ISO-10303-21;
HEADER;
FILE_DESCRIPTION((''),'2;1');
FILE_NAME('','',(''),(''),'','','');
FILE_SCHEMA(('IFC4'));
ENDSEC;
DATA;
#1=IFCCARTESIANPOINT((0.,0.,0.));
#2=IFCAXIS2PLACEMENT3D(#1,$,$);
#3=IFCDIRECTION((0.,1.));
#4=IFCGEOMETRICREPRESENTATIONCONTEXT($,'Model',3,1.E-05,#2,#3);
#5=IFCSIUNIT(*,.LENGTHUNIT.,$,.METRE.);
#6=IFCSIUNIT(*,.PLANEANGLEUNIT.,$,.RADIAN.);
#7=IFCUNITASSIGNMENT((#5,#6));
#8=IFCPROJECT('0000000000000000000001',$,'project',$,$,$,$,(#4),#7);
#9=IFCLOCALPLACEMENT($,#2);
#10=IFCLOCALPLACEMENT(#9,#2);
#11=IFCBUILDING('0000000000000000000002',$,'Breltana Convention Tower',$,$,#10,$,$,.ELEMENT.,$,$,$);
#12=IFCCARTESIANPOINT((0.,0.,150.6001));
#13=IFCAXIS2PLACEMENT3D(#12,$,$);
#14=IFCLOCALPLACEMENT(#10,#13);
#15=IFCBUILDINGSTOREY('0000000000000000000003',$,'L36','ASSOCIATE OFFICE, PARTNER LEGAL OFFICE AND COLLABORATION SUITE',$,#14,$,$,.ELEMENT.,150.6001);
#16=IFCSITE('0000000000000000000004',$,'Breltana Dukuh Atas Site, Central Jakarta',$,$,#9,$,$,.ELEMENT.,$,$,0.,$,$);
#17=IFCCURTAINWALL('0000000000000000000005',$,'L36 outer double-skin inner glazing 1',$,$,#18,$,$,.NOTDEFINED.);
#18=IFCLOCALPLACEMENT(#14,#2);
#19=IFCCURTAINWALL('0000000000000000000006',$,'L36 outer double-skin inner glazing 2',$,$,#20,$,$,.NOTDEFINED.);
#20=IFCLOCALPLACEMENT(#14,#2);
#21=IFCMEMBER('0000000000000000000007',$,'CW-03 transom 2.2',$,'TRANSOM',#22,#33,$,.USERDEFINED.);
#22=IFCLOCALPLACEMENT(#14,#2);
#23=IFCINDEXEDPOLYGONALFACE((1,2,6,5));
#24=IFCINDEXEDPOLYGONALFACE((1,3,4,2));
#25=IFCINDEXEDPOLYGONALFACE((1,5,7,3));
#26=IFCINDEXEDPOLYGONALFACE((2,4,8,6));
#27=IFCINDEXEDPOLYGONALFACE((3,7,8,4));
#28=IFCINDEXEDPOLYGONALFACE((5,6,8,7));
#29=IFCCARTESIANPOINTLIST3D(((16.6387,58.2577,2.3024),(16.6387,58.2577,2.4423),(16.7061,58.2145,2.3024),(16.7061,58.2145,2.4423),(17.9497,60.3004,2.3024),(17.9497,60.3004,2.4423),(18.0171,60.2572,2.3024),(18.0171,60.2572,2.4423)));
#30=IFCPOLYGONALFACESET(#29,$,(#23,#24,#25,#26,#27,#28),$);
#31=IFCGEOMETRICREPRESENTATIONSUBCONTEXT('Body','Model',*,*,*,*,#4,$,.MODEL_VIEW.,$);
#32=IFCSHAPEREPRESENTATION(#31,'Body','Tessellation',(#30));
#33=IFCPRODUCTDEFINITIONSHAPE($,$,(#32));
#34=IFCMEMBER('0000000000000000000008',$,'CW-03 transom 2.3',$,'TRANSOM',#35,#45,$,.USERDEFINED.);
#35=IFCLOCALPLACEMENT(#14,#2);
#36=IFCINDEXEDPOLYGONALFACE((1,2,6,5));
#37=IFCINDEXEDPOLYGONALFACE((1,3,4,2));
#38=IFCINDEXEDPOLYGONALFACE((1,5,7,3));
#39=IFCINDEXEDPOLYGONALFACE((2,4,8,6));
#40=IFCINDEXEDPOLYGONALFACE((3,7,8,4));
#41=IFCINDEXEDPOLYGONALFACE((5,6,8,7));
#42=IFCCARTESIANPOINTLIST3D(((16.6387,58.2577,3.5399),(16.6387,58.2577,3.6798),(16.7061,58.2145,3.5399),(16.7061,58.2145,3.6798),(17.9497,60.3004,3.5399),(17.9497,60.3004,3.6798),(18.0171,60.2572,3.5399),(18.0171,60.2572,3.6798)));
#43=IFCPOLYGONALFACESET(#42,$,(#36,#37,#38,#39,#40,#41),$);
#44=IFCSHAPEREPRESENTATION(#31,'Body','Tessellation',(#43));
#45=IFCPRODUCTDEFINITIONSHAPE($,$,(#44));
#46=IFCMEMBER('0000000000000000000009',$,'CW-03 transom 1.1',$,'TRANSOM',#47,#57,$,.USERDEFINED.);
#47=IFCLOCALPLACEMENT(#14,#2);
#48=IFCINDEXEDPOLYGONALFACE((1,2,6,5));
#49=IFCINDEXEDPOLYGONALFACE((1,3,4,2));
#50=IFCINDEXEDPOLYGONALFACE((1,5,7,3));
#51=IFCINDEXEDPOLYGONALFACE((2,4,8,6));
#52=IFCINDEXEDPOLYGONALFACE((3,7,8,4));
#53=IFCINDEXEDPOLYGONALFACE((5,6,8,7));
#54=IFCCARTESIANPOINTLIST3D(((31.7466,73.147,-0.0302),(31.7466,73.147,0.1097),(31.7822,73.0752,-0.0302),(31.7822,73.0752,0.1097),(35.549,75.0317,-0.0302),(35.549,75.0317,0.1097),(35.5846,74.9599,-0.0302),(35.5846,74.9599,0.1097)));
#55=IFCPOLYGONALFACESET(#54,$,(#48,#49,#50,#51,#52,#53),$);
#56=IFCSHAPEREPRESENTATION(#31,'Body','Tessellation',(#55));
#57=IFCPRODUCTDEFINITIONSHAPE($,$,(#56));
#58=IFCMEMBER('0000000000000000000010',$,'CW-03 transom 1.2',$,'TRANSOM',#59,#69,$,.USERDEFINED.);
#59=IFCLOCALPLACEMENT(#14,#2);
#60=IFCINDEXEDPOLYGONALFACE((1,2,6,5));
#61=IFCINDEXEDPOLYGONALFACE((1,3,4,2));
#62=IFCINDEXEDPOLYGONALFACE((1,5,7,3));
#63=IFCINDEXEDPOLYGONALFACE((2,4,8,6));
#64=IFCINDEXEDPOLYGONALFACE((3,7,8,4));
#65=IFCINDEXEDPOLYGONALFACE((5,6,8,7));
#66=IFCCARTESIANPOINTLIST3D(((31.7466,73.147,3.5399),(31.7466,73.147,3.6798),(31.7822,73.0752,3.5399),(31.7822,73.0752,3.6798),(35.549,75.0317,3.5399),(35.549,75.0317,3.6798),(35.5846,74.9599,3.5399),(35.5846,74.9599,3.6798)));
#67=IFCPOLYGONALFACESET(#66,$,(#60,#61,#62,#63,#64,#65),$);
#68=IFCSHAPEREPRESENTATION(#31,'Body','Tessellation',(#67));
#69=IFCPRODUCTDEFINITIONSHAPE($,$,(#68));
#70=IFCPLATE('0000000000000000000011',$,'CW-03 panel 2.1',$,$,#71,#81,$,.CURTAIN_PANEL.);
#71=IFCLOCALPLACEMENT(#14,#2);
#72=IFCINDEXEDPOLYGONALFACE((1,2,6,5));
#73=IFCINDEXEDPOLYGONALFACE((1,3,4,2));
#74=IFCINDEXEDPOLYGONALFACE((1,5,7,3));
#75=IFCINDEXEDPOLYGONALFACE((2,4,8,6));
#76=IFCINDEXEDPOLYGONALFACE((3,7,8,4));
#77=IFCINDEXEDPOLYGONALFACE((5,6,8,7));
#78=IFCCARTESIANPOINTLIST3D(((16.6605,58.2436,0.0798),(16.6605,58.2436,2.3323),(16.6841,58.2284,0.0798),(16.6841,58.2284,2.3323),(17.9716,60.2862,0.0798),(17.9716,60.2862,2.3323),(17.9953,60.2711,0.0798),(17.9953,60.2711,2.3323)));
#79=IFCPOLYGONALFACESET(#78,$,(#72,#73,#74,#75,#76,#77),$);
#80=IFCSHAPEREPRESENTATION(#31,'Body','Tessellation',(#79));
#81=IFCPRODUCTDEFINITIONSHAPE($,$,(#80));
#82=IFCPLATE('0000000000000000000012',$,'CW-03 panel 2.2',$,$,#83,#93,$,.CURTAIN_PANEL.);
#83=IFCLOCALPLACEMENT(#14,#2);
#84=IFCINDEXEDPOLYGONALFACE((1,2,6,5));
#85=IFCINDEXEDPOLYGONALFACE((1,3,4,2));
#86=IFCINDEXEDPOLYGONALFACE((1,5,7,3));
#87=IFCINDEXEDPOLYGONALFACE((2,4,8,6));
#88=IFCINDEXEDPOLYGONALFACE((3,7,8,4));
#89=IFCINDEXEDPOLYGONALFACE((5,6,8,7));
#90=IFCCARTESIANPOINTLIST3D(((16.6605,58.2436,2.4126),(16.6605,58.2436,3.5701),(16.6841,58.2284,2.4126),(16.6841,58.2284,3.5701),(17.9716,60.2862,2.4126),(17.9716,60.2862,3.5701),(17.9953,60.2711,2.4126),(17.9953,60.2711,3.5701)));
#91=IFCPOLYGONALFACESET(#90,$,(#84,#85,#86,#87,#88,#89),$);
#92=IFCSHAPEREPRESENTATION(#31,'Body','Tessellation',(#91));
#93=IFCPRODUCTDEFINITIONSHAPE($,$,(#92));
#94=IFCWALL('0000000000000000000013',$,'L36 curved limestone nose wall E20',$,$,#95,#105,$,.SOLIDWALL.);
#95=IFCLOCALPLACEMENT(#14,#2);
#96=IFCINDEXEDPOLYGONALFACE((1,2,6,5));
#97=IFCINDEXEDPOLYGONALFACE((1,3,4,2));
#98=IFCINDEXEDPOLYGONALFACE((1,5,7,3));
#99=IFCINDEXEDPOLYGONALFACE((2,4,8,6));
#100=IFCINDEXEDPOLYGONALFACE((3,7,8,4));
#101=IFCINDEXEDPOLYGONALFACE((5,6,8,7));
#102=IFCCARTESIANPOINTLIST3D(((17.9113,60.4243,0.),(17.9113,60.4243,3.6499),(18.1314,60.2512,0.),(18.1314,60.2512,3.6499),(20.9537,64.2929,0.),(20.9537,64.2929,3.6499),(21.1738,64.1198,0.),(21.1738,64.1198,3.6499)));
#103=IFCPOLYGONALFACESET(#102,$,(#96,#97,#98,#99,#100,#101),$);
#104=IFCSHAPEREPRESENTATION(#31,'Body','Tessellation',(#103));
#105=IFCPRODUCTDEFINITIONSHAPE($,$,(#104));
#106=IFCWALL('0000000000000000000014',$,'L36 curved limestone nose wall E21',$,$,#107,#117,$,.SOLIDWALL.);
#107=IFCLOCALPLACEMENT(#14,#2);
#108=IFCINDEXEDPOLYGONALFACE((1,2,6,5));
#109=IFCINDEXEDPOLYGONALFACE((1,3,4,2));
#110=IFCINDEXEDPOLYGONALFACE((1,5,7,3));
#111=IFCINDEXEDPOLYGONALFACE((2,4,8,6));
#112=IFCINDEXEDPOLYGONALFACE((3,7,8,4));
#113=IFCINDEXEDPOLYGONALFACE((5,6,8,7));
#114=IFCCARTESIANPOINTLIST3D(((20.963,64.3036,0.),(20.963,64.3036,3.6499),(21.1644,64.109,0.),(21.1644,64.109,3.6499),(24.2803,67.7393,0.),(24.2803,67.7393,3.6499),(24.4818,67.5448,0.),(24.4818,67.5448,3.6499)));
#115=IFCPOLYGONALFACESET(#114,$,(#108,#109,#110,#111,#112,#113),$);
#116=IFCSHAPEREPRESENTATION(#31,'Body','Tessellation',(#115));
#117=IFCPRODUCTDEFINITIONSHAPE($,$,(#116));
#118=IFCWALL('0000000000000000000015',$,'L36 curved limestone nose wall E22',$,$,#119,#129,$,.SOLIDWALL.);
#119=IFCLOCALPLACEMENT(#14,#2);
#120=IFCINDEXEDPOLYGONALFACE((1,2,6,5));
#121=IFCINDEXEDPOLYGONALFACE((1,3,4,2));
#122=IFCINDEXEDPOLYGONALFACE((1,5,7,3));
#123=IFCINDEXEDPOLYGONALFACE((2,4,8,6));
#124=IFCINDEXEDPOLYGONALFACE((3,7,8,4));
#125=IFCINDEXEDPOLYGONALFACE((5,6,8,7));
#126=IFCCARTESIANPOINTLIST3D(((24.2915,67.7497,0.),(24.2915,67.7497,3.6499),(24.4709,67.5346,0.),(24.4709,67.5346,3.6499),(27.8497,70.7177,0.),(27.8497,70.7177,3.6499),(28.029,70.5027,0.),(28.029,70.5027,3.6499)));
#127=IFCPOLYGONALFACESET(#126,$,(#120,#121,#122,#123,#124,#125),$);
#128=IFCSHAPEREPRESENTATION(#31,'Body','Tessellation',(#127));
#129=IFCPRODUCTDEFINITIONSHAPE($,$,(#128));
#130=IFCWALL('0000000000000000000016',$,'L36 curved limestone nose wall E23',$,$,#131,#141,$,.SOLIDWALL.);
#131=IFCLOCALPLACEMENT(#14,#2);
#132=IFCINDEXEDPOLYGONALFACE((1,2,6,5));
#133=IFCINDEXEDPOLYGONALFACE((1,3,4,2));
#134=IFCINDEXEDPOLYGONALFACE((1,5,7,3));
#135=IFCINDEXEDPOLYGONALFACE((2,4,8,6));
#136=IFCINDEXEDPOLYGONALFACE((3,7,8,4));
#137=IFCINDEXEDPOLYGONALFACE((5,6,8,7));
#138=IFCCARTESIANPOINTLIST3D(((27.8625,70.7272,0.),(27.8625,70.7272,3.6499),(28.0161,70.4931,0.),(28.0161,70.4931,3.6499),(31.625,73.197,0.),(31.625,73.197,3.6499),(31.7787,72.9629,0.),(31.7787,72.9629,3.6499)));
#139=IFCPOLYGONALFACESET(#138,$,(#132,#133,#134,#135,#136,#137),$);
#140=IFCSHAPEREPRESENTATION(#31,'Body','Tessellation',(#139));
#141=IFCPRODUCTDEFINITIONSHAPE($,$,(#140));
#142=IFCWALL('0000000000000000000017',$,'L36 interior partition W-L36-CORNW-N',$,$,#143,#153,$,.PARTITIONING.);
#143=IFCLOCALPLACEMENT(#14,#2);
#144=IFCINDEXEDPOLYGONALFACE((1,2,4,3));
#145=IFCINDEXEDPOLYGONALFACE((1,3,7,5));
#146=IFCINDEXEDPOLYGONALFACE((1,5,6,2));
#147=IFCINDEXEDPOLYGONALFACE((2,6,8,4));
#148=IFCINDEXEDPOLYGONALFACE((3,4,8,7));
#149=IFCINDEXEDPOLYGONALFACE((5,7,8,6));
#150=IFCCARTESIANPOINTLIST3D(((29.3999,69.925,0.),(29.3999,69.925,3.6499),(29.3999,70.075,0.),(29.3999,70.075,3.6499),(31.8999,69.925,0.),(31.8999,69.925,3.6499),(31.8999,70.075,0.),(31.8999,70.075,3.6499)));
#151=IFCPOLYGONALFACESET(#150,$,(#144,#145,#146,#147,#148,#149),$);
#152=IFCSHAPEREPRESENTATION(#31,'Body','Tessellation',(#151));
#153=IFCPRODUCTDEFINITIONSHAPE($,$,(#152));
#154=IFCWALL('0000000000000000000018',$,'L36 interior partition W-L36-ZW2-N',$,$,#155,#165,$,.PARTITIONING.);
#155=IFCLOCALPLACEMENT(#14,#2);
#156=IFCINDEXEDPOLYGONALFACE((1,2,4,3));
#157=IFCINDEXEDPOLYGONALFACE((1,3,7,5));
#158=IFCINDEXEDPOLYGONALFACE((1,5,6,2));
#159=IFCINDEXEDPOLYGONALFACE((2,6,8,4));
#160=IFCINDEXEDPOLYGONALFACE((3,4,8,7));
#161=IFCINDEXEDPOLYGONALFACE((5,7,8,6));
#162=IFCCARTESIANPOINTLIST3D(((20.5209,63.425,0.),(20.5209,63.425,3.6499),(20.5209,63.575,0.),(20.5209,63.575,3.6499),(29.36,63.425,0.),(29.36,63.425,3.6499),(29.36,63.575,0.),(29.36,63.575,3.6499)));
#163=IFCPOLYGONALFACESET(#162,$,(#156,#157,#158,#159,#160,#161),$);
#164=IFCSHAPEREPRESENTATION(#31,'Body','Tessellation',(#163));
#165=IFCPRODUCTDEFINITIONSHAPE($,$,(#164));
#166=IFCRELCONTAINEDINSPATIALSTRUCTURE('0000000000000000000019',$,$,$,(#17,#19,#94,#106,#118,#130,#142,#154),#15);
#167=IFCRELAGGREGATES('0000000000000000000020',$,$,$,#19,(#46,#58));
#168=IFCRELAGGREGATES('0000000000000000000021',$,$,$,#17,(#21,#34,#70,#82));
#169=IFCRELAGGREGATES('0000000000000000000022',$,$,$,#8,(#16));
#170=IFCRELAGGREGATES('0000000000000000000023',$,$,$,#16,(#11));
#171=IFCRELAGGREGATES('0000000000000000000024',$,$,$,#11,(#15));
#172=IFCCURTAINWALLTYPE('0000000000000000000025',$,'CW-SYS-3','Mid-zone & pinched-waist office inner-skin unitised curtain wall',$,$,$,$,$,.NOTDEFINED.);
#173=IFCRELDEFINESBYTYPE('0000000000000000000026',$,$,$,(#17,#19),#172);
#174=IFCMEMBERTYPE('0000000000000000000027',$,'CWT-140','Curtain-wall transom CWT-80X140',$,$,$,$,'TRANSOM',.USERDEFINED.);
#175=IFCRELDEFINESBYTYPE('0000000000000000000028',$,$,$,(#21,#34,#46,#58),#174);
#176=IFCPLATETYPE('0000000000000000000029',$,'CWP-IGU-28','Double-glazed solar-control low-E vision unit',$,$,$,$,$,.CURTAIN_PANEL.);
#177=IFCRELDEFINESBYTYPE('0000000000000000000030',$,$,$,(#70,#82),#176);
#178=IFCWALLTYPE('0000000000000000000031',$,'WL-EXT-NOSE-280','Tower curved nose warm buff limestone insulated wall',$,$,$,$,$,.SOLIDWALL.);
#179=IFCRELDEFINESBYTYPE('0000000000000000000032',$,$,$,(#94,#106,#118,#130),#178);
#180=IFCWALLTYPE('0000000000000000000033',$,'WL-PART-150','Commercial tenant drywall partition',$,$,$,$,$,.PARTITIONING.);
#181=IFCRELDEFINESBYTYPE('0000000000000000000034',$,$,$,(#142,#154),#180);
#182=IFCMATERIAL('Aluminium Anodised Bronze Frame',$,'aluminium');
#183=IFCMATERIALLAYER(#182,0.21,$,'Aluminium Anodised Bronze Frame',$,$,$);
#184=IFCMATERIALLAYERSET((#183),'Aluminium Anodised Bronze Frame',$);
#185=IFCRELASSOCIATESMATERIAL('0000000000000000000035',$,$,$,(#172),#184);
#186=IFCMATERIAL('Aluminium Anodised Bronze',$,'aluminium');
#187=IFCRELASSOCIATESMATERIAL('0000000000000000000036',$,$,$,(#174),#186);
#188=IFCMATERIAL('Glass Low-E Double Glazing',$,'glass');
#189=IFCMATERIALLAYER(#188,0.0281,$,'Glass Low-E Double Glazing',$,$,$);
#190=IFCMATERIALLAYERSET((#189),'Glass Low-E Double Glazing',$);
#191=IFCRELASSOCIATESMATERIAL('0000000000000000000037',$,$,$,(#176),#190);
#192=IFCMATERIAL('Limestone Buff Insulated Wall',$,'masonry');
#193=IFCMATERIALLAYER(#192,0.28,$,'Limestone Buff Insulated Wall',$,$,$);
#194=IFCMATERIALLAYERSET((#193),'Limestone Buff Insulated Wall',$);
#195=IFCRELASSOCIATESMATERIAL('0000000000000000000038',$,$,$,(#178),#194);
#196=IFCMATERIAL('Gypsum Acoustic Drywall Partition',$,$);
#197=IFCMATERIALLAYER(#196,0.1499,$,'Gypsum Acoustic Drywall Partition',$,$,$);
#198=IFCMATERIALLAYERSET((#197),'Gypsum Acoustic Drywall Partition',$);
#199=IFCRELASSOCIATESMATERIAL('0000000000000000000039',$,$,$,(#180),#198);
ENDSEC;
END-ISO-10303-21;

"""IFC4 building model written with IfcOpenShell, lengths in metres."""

from ifc_helpers import new_model, si_unit, direction, frame, frame_2d, origin, origin_2d, place, context, subcontext, project, spatial, rectangle, extrude, source, transform, mapped, material, layer, layer_set, material_profile, profile_set, type_object, element, aggregate, save


model = new_model("IFC4")

# Units and contexts
model_context = context("Model", 3, precision=1e-05, world=origin(), true_north=direction((0.0, 1.0)))
body_context = subcontext(model_context, "Body", "Model", "MODEL_VIEW")
ifc_project = project(units=[si_unit("LENGTHUNIT", "METRE"), si_unit("PLANEANGLEUNIT", "RADIAN")], contexts=[model_context])

# Site, building, storey
site_placement = place(None, origin())
site = spatial("IfcSite", under=ifc_project, at=site_placement, Name="Breltana Dukuh Atas Site, Central Jakarta", CompositionType="ELEMENT", RefElevation=0.0)
building_placement = place(site_placement, origin())
building = spatial("IfcBuilding", under=site, at=building_placement, Name="Breltana Convention Tower", CompositionType="ELEMENT")
storey_placement = place(building_placement, frame((0.0, 0.0, 150.6001)))
storey = spatial("IfcBuildingStorey", under=building, at=storey_placement, Name="L36", Description="ASSOCIATE OFFICE, PARTNER LEGAL OFFICE AND COLLABORATION SUITE", CompositionType="ELEMENT", Elevation=150.6001)

# Curtain wall
ifc_material_1 = material(Name="Aluminium Anodised Bronze Frame", Category="aluminium")
ifc_layer_1 = layer(ifc_material_1, 0.21, Name="Aluminium Anodised Bronze Frame")
ifc_layer_set_1 = layer_set([ifc_layer_1], Name="Aluminium Anodised Bronze Frame")
curtain_wall_type = type_object("IfcCurtainWallType", Name="CW-SYS-3", Description="Mid-zone & pinched-waist office inner-skin unitised curtain wall", PredefinedType="NOTDEFINED", material=ifc_layer_set_1)
curtain_wall_1_placement = place(storey_placement, origin())
curtain_wall_1 = element("IfcCurtainWall", 1, at=curtain_wall_1_placement, inside=storey, type_object=curtain_wall_type, Name="L36 outer double-skin inner glazing 1", PredefinedType="NOTDEFINED")
ifc_material_2 = material(Name="Aluminium Anodised Bronze", Category="aluminium")

# Curtain wall
curtain_wall_2_placement = place(storey_placement, origin())
curtain_wall_2 = element("IfcCurtainWall", 2, at=curtain_wall_2_placement, inside=storey, type_object=curtain_wall_type, Name="L36 outer double-skin inner glazing 2", PredefinedType="NOTDEFINED")

# Members
ifc_material_profile_1 = material_profile(ifc_material_2, rectangle(XDim=0.0801, YDim=0.1399, at=origin_2d()), Name="CWT-80X140")
ifc_profile_set_1 = profile_set([ifc_material_profile_1], Name="Aluminium Anodised Bronze")
member_type_1 = type_object("IfcMemberType", Name="CWT-140", Description="Curtain-wall transom CWT-80X140", ElementType="TRANSOM", PredefinedType="USERDEFINED", material=ifc_profile_set_1)
shared_shape_1 = source(origin(), body_context, "Body", "SweptSolid", [
    extrude(rectangle(XDim=0.0801, YDim=0.1399, at=origin_2d()), origin(), (0.0, 0.0, 1.0), 2.4272),
])
member_1_placement = place(storey_placement, frame((16.6724, 58.2361, 2.3723), z_axis=(0.540132, 0.84158, 0.0), x_axis=(-0.84158, 0.540132, 0.0)))
member_1 = element("IfcMember", 3, at=member_1_placement, type_object=member_type_1, Name="CW-03 transom 2.2", ObjectType="TRANSOM", PredefinedType="USERDEFINED", context=body_context, shape_type="MappedRepresentation", body=[
    mapped(shared_shape_1, transform((0.0, 0.0, 0.0), scale=1.0)),
])
member_2_placement = place(storey_placement, frame((16.6724, 58.2361, 3.6099), z_axis=(0.540132, 0.84158, 0.0), x_axis=(-0.84158, 0.540132, 0.0)))
member_2 = element("IfcMember", 4, at=member_2_placement, type_object=member_type_1, Name="CW-03 transom 2.3", ObjectType="TRANSOM", PredefinedType="USERDEFINED", context=body_context, shape_type="MappedRepresentation", body=[
    mapped(shared_shape_1, transform((0.0, 0.0, 0.0), scale=1.0)),
])
shared_shape_2 = source(origin(), body_context, "Body", "SweptSolid", [
    extrude(rectangle(XDim=0.0801, YDim=0.1399, at=origin_2d()), origin(), (0.0, 0.0, 1.0), 4.2439),
])
member_3_placement = place(storey_placement, frame((31.7644, 73.1111, 0.0398), z_axis=(0.895975, 0.444104, 0.0), x_axis=(-0.444104, 0.895975, 0.0)))
member_3 = element("IfcMember", 5, at=member_3_placement, type_object=member_type_1, Name="CW-03 transom 1.1", ObjectType="TRANSOM", PredefinedType="USERDEFINED", context=body_context, shape_type="MappedRepresentation", body=[
    mapped(shared_shape_2, transform((0.0, 0.0, 0.0), scale=1.0)),
])
member_4_placement = place(storey_placement, frame((31.7644, 73.1111, 3.6099), z_axis=(0.895975, 0.444104, 0.0), x_axis=(-0.444104, 0.895975, 0.0)))
member_4 = element("IfcMember", 6, at=member_4_placement, type_object=member_type_1, Name="CW-03 transom 1.2", ObjectType="TRANSOM", PredefinedType="USERDEFINED", context=body_context, shape_type="MappedRepresentation", body=[
    mapped(shared_shape_2, transform((0.0, 0.0, 0.0), scale=1.0)),
])
aggregate(curtain_wall_2, [member_3, member_4])

# Plates
ifc_material_3 = material(Name="Glass Low-E Double Glazing", Category="glass")
ifc_layer_2 = layer(ifc_material_3, 0.0281, Name="Glass Low-E Double Glazing")
ifc_layer_set_2 = layer_set([ifc_layer_2], Name="Glass Low-E Double Glazing")
plate_type = type_object("IfcPlateType", Name="CWP-IGU-28", Description="Double-glazed solar-control low-E vision unit", PredefinedType="CURTAIN_PANEL", material=ifc_layer_set_2)
shared_shape_3 = source(origin(), body_context, "Body", "SweptSolid", [
    extrude(rectangle(XDim=2.4272, YDim=0.0281, at=origin_2d()), origin(), (0.0, 0.0, 1.0), 2.2524),
])
plate_1_placement = place(storey_placement, frame((17.3279, 59.2573, 0.0798), z_axis=(0.0, 0.0, 1.0), x_axis=(0.540173, 0.841554, 0.0)))
plate_1 = element("IfcPlate", 7, at=plate_1_placement, type_object=plate_type, Name="CW-03 panel 2.1", PredefinedType="CURTAIN_PANEL", context=body_context, shape_type="MappedRepresentation", body=[
    mapped(shared_shape_3, transform((0.0, 0.0, 0.0), scale=1.0)),
])
shared_shape_4 = source(origin(), body_context, "Body", "SweptSolid", [
    extrude(rectangle(XDim=2.4272, YDim=0.0281, at=origin_2d()), origin(), (0.0, 0.0, 1.0), 1.1575),
])
plate_2_placement = place(storey_placement, frame((17.3279, 59.2573, 2.4126), z_axis=(0.0, 0.0, 1.0), x_axis=(0.540173, 0.841554, 0.0)))
plate_2 = element("IfcPlate", 8, at=plate_2_placement, type_object=plate_type, Name="CW-03 panel 2.2", PredefinedType="CURTAIN_PANEL", context=body_context, shape_type="MappedRepresentation", body=[
    mapped(shared_shape_4, transform((0.0, 0.0, 0.0), scale=1.0)),
])
aggregate(curtain_wall_1, [member_1, member_2, plate_1, plate_2])

# Walls
ifc_material_4 = material(Name="Limestone Buff Insulated Wall", Category="masonry")
ifc_layer_3 = layer(ifc_material_4, 0.28, Name="Limestone Buff Insulated Wall")
ifc_layer_set_3 = layer_set([ifc_layer_3], Name="Limestone Buff Insulated Wall")
wall_type_1 = type_object("IfcWallType", Name="WL-EXT-NOSE-280", Description="Tower curved nose warm buff limestone insulated wall", PredefinedType="SOLIDWALL", material=ifc_layer_set_3)
shared_shape_5 = source(origin(), body_context, "Body", "SweptSolid", [
    extrude(rectangle(XDim=4.9216, YDim=0.28, at=frame_2d((2.4609, 0.0))), origin(), (0.0, 0.0, 1.0), 3.6499),
])
wall_1_placement = place(storey_placement, frame((18.0212, 60.3376, 0.0), z_axis=(0.0, 0.0, 1.0), x_axis=(0.618176, 0.786039, 0.0)))
element("IfcWall", 9, at=wall_1_placement, inside=storey, type_object=wall_type_1, Name="L36 curved limestone nose wall E20", PredefinedType="SOLIDWALL", context=body_context, shape_type="MappedRepresentation", body=[
    mapped(shared_shape_5, transform((0.0, 0.0, 0.0), scale=1.0)),
])
shared_shape_6 = source(origin(), body_context, "Body", "SweptSolid", [
    extrude(rectangle(XDim=4.7759, YDim=0.28, at=frame_2d((2.3879, 0.0))), origin(), (0.0, 0.0, 1.0), 3.6499),
])
wall_2_placement = place(storey_placement, frame((21.0637, 64.2063, 0.0), z_axis=(0.0, 0.0, 1.0), x_axis=(0.694602, 0.719394, 0.0)))
element("IfcWall", 10, at=wall_2_placement, inside=storey, type_object=wall_type_1, Name="L36 curved limestone nose wall E21", PredefinedType="SOLIDWALL", context=body_context, shape_type="MappedRepresentation", body=[
    mapped(shared_shape_6, transform((0.0, 0.0, 0.0), scale=1.0)),
])
shared_shape_7 = source(origin(), body_context, "Body", "SweptSolid", [
    extrude(rectangle(XDim=4.6335, YDim=0.28, at=frame_2d((2.3169, 0.0))), origin(), (0.0, 0.0, 1.0), 3.6499),
])
wall_3_placement = place(storey_placement, frame((24.3811, 67.6421, 0.0), z_axis=(0.0, 0.0, 1.0), x_axis=(0.76791, 0.640557, 0.0)))
element("IfcWall", 11, at=wall_3_placement, inside=storey, type_object=wall_type_1, Name="L36 curved limestone nose wall E22", PredefinedType="SOLIDWALL", context=body_context, shape_type="MappedRepresentation", body=[
    mapped(shared_shape_7, transform((0.0, 0.0, 0.0), scale=1.0)),
])
shared_shape_8 = source(origin(), body_context, "Body", "SweptSolid", [
    extrude(rectangle(XDim=4.5007, YDim=0.28, at=frame_2d((2.2505, 0.0))), origin(), (0.0, 0.0, 1.0), 3.6499),
])
wall_4_placement = place(storey_placement, frame((27.9392, 70.6101, 0.0), z_axis=(0.0, 0.0, 1.0), x_axis=(0.835985, 0.548752, 0.0)))
element("IfcWall", 12, at=wall_4_placement, inside=storey, type_object=wall_type_1, Name="L36 curved limestone nose wall E23", PredefinedType="SOLIDWALL", context=body_context, shape_type="MappedRepresentation", body=[
    mapped(shared_shape_8, transform((0.0, 0.0, 0.0), scale=1.0)),
])
ifc_material_5 = material(Name="Gypsum Acoustic Drywall Partition")
ifc_layer_4 = layer(ifc_material_5, 0.1499, Name="Gypsum Acoustic Drywall Partition")
ifc_layer_set_4 = layer_set([ifc_layer_4], Name="Gypsum Acoustic Drywall Partition")
wall_type_2 = type_object("IfcWallType", Name="WL-PART-150", Description="Commercial tenant drywall partition", PredefinedType="PARTITIONING", material=ifc_layer_set_4)
shared_shape_9 = source(origin(), body_context, "Body", "SweptSolid", [
    extrude(rectangle(XDim=2.5, YDim=0.1499, at=frame_2d((1.25, 0.0))), origin(), (0.0, 0.0, 1.0), 3.6499),
])
wall_5_placement = place(storey_placement, frame((29.3999, 70.0, 0.0), z_axis=(0.0, 0.0, 1.0), x_axis=(1.0, 0.0, 0.0)))
element("IfcWall", 13, at=wall_5_placement, inside=storey, type_object=wall_type_2, Name="L36 interior partition W-L36-CORNW-N", PredefinedType="PARTITIONING", context=body_context, shape_type="MappedRepresentation", body=[
    mapped(shared_shape_9, transform((0.0, 0.0, 0.0), scale=1.0)),
])
shared_shape_10 = source(origin(), body_context, "Body", "SweptSolid", [
    extrude(rectangle(XDim=8.8391, YDim=0.1499, at=frame_2d((4.4194, 0.0))), origin(), (0.0, 0.0, 1.0), 3.6499),
])
wall_6_placement = place(storey_placement, frame((20.521, 63.5, 0.0), z_axis=(0.0, 0.0, 1.0), x_axis=(1.0, 0.0, 0.0)))
element("IfcWall", 14, at=wall_6_placement, inside=storey, type_object=wall_type_2, Name="L36 interior partition W-L36-ZW2-N", PredefinedType="PARTITIONING", context=body_context, shape_type="MappedRepresentation", body=[
    mapped(shared_shape_10, transform((0.0, 0.0, 0.0), scale=1.0)),
])

save(model, "model.ifc")
